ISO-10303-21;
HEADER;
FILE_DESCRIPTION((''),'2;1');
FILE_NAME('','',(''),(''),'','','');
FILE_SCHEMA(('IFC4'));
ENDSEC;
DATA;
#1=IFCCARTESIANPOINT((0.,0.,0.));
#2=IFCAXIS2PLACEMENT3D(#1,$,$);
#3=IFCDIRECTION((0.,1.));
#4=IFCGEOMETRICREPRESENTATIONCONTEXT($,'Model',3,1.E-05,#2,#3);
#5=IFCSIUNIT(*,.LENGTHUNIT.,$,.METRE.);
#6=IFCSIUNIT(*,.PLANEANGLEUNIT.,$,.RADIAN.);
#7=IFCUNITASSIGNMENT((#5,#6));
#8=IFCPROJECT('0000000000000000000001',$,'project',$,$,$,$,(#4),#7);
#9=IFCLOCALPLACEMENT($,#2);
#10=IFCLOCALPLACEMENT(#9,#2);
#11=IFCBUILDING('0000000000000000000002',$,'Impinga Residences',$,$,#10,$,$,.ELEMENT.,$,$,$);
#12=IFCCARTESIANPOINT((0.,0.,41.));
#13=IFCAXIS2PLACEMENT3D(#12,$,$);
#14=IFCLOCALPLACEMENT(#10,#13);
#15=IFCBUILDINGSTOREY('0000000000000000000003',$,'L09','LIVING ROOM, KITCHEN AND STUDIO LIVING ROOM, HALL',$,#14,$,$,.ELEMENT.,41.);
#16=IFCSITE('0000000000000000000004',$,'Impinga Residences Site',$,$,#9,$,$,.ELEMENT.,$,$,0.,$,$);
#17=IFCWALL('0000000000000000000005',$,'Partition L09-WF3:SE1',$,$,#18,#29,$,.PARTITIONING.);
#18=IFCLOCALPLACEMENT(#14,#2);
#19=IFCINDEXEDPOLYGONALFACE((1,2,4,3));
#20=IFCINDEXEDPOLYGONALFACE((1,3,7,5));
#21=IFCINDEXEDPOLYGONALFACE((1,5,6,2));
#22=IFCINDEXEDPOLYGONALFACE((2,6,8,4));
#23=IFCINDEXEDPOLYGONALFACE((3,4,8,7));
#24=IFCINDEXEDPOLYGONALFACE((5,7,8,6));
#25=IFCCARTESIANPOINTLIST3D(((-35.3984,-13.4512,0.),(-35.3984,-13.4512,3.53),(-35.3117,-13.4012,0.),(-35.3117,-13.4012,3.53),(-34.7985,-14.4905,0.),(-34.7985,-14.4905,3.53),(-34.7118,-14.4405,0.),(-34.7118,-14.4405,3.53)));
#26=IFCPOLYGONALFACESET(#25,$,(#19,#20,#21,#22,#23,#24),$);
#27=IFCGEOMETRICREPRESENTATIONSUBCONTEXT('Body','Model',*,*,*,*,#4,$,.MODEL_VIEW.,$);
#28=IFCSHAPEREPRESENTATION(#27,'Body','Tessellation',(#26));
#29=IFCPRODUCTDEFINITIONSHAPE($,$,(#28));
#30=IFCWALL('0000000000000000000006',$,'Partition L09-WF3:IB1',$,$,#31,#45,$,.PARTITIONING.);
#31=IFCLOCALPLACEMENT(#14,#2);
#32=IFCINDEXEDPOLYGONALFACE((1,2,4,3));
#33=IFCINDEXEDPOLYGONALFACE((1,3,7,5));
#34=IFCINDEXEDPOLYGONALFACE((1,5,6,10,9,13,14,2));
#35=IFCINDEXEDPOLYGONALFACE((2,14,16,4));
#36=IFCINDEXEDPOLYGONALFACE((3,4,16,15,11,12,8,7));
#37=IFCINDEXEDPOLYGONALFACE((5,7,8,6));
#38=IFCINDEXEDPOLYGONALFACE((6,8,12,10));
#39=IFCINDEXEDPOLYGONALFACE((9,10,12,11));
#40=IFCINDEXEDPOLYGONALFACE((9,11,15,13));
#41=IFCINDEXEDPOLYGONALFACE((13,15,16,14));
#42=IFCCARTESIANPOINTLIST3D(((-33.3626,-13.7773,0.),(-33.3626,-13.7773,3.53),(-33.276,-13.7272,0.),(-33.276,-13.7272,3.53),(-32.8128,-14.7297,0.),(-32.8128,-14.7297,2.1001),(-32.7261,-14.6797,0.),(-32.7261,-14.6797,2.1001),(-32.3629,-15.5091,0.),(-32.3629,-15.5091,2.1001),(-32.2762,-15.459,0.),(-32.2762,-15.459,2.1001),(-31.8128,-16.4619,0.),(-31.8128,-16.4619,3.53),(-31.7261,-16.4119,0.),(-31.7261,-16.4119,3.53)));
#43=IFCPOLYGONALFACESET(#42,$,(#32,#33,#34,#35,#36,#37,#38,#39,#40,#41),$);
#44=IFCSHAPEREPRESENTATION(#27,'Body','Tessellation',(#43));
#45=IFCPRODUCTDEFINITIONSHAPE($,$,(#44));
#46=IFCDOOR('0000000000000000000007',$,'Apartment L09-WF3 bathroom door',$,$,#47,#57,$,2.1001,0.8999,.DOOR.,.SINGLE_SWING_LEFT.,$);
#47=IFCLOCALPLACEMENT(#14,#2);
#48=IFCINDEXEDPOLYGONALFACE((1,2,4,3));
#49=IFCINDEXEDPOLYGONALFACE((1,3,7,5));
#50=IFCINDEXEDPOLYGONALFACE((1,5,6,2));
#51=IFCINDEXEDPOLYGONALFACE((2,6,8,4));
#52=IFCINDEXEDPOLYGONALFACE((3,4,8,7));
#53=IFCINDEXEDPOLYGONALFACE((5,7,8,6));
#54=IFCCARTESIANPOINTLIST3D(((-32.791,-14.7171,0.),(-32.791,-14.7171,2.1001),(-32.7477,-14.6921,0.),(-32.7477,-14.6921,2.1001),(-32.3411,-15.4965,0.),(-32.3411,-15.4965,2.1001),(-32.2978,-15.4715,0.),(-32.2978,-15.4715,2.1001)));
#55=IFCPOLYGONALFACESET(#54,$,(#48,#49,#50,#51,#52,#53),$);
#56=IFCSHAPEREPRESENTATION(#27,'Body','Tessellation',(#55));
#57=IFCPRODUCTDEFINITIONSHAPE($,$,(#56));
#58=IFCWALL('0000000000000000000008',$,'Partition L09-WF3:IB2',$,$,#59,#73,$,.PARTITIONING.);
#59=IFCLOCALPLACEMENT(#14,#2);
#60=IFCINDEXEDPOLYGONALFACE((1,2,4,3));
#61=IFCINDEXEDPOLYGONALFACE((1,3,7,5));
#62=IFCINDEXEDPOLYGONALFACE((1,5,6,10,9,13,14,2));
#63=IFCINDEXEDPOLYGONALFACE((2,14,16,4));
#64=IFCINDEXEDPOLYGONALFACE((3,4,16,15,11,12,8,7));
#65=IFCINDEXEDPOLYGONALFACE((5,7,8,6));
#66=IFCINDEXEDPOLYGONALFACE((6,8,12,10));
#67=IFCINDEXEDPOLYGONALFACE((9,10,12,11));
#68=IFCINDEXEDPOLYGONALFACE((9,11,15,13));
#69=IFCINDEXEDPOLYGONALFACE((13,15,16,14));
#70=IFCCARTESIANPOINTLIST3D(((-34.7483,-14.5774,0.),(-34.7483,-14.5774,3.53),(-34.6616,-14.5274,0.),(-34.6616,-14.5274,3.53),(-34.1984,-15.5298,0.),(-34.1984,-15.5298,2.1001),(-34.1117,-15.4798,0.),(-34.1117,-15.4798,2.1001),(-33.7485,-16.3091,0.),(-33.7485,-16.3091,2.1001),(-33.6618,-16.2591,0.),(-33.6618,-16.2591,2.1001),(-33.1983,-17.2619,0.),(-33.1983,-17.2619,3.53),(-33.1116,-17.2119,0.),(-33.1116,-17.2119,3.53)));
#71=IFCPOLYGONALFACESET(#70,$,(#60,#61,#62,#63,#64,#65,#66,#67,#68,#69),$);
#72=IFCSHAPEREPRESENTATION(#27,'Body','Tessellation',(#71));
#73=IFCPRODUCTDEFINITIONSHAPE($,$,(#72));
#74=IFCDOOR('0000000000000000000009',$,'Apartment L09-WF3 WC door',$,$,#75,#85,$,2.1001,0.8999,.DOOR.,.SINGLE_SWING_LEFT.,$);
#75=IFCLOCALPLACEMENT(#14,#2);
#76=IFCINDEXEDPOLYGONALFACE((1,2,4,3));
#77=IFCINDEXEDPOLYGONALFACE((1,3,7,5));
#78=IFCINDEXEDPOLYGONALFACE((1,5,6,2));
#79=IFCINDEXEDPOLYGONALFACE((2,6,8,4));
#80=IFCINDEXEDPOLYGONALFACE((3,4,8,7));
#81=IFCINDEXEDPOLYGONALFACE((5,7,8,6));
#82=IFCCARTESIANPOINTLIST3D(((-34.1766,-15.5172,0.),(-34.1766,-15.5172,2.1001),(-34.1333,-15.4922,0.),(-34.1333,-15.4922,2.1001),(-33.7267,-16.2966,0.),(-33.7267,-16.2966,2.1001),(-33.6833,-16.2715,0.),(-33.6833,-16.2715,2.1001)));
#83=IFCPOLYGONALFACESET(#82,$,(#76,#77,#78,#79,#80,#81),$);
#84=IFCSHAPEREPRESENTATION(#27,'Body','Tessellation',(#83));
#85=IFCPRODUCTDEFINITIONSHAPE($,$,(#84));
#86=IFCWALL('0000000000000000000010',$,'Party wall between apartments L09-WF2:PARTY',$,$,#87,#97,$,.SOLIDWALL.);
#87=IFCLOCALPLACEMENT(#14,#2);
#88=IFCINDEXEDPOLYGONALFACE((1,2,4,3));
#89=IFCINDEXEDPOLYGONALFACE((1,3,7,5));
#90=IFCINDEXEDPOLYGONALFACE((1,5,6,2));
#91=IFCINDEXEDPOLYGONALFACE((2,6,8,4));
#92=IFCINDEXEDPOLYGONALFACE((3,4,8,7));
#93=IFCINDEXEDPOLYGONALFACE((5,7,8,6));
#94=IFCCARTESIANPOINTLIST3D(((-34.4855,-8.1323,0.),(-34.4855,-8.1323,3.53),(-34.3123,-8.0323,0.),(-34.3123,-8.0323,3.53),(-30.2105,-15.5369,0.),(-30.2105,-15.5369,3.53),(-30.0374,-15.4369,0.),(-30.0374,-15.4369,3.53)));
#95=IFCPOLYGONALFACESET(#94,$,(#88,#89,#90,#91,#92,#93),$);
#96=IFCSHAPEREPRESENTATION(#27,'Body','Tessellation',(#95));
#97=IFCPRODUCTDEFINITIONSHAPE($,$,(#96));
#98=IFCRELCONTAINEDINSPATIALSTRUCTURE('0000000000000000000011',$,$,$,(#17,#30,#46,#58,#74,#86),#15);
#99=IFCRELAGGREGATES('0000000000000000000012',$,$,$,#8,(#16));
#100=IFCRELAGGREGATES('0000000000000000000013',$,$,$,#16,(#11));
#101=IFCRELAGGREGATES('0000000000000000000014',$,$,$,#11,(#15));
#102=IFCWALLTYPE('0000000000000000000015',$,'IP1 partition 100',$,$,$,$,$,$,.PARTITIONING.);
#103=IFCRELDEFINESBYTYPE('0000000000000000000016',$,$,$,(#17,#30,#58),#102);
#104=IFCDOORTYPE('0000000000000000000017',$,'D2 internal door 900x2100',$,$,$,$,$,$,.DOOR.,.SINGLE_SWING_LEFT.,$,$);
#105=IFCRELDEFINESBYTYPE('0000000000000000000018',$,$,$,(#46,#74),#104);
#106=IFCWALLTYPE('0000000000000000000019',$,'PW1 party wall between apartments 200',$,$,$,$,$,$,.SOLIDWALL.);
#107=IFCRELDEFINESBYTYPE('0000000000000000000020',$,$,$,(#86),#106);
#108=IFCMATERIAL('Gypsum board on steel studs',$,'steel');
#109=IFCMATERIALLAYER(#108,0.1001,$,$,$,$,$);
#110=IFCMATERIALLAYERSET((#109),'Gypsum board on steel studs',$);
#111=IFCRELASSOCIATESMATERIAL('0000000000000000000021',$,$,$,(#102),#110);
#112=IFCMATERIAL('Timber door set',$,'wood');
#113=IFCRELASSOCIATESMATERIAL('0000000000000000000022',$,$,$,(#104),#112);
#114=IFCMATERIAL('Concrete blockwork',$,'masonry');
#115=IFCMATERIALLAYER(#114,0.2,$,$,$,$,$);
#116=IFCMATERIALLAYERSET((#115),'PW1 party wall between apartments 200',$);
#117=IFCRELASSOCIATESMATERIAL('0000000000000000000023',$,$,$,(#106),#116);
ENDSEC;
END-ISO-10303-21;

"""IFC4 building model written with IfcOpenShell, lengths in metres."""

from ifc_helpers import new_model, si_unit, direction, frame, frame_2d, origin, place, context, subcontext, project, spatial, rectangle, extrude, material, layer, layer_set, type_object, element, fill, save


model = new_model("IFC4")

# Units and contexts
model_context = context("Model", 3, precision=1e-05, world=origin(), true_north=direction((0.0, 1.0)))
body_context = subcontext(model_context, "Body", "Model", "MODEL_VIEW")
ifc_project = project(units=[si_unit("LENGTHUNIT", "METRE"), si_unit("PLANEANGLEUNIT", "RADIAN")], contexts=[model_context])

# Site, building, storey
site_placement = place(None, origin())
site = spatial("IfcSite", under=ifc_project, at=site_placement, Name="Impinga Residences Site", CompositionType="ELEMENT", RefElevation=0.0)
building_placement = place(site_placement, origin())
building = spatial("IfcBuilding", under=site, at=building_placement, Name="Impinga Residences", CompositionType="ELEMENT")
storey_placement = place(building_placement, frame((0.0, 0.0, 41.0)))
storey = spatial("IfcBuildingStorey", under=building, at=storey_placement, Name="L09", Description="LIVING ROOM, KITCHEN AND STUDIO LIVING ROOM, HALL", CompositionType="ELEMENT", Elevation=41.0)

# Shared definitions
ifc_material_1 = material(Name="Gypsum board on steel studs", Category="steel")
ifc_layer_1 = layer(ifc_material_1, 0.1001)
ifc_layer_set_1 = layer_set([ifc_layer_1], Name="Gypsum board on steel studs")
wall_type_1 = type_object("IfcWallType", Name="IP1 partition 100", PredefinedType="PARTITIONING", material=ifc_layer_set_1)

# Shared definitions
ifc_material_2 = material(Name="Timber door set", Category="wood")
door_type = type_object("IfcDoorType", Name="D2 internal door 900x2100", OperationType="SINGLE_SWING_LEFT", PredefinedType="DOOR", material=ifc_material_2)

# Wall
wall_1_placement = place(storey_placement, frame((-34.7551, -14.4656, 0.0), z_axis=(0.0, 0.0, 1.0), x_axis=(-0.499881, 0.866094, 0.0)))
element("IfcWall", 1, at=wall_1_placement, inside=storey, type_object=wall_type_1, Name="Partition L09-WF3:SE1", PredefinedType="PARTITIONING", context=body_context, shape_type="SweptSolid", body=[
    extrude(rectangle(XDim=1.2, YDim=0.1001, at=frame_2d((0.6001, 0.0))), origin(), (0.0, 0.0, 1.0), 3.53),
])

# Walls, openings, doors
wall_2_placement = place(storey_placement, frame((-31.7695, -16.4368, 0.0), z_axis=(0.0, 0.0, 1.0), x_axis=(-0.499968, 0.866044, 0.0)))
wall_2 = element("IfcWall", 2, at=wall_2_placement, inside=storey, type_object=wall_type_1, Name="Partition L09-WF3:IB1", PredefinedType="PARTITIONING", context=body_context, shape_type="SweptSolid", body=[
    extrude(rectangle(XDim=3.0999, YDim=0.1001, at=frame_2d((1.5498, 0.0))), origin(), (0.0, 0.0, 1.0), 3.53),
])
opening_1_placement = place(wall_2_placement, frame((1.1001, 0.0, 0.0)))
opening_1 = element("IfcOpeningElement", 3, at=opening_1_placement, cuts=wall_2, PredefinedType="OPENING", context=body_context, shape_type="SweptSolid", body=[
    extrude(rectangle(XDim=0.8999, YDim=2.1001, at=frame_2d((0.45, 1.05))), frame((0.0, 0.0601, 0.0), z_axis=(0.0, -1.0, 0.0), x_axis=(1.0, 0.0, 0.0)), (0.0, 0.0, 1.0), 0.1201),
])
door_1_placement = place(opening_1_placement, origin())
door_1 = element("IfcDoor", 4, at=door_1_placement, inside=storey, type_object=door_type, Name="Apartment L09-WF3 bathroom door", OperationType="SINGLE_SWING_LEFT", OverallHeight=2.1001, OverallWidth=0.8999, PredefinedType="DOOR", context=body_context, shape_type="SweptSolid", body=[
    extrude(rectangle(XDim=0.8999, YDim=2.1001, at=frame_2d((0.45, 1.05))), frame((0.0, 0.0249, 0.0), z_axis=(0.0, -1.0, 0.0), x_axis=(1.0, 0.0, 0.0)), (0.0, 0.0, 1.0), 0.05),
])
fill(opening_1, door_1)
wall_3_placement = place(storey_placement, frame((-33.155, -17.2368, 0.0), z_axis=(0.0, 0.0, 1.0), x_axis=(-0.500027, 0.86601, 0.0)))
wall_3 = element("IfcWall", 5, at=wall_3_placement, inside=storey, type_object=wall_type_1, Name="Partition L09-WF3:IB2", PredefinedType="PARTITIONING", context=body_context, shape_type="SweptSolid", body=[
    extrude(rectangle(XDim=3.0999, YDim=0.1001, at=frame_2d((1.5498, 0.0))), origin(), (0.0, 0.0, 1.0), 3.53),
])
opening_2_placement = place(wall_3_placement, frame((1.1001, 0.0, 0.0)))
opening_2 = element("IfcOpeningElement", 6, at=opening_2_placement, cuts=wall_3, PredefinedType="OPENING", context=body_context, shape_type="SweptSolid", body=[
    extrude(rectangle(XDim=0.8999, YDim=2.1001, at=frame_2d((0.45, 1.05))), frame((0.0, 0.0601, 0.0), z_axis=(0.0, -1.0, 0.0), x_axis=(1.0, 0.0, 0.0)), (0.0, 0.0, 1.0), 0.1201),
])
door_2_placement = place(opening_2_placement, origin())
door_2 = element("IfcDoor", 7, at=door_2_placement, inside=storey, type_object=door_type, Name="Apartment L09-WF3 WC door", OperationType="SINGLE_SWING_LEFT", OverallHeight=2.1001, OverallWidth=0.8999, PredefinedType="DOOR", context=body_context, shape_type="SweptSolid", body=[
    extrude(rectangle(XDim=0.8999, YDim=2.1001, at=frame_2d((0.45, 1.05))), frame((0.0, 0.0249, 0.0), z_axis=(0.0, -1.0, 0.0), x_axis=(1.0, 0.0, 0.0)), (0.0, 0.0, 1.0), 0.05),
])
fill(opening_2, door_2)

# Wall
ifc_material_3 = material(Name="Concrete blockwork", Category="masonry")
ifc_layer_2 = layer(ifc_material_3, 0.2)
ifc_layer_set_2 = layer_set([ifc_layer_2], Name="PW1 party wall between apartments 200")
wall_type_2 = type_object("IfcWallType", Name="PW1 party wall between apartments 200", PredefinedType="SOLIDWALL", material=ifc_layer_set_2)
wall_4_placement = place(storey_placement, frame((-30.124, -15.4868, 0.0), z_axis=(0.0, 0.0, 1.0), x_axis=(-0.49999, 0.866031, 0.0)))
element("IfcWall", 8, at=wall_4_placement, inside=storey, type_object=wall_type_2, Name="Party wall between apartments L09-WF2:PARTY", PredefinedType="SOLIDWALL", context=body_context, shape_type="SweptSolid", body=[
    extrude(rectangle(XDim=8.55, YDim=0.2, at=frame_2d((4.2749, 0.0))), origin(), (0.0, 0.0, 1.0), 3.53),
])

save(model, "model.ifc")
